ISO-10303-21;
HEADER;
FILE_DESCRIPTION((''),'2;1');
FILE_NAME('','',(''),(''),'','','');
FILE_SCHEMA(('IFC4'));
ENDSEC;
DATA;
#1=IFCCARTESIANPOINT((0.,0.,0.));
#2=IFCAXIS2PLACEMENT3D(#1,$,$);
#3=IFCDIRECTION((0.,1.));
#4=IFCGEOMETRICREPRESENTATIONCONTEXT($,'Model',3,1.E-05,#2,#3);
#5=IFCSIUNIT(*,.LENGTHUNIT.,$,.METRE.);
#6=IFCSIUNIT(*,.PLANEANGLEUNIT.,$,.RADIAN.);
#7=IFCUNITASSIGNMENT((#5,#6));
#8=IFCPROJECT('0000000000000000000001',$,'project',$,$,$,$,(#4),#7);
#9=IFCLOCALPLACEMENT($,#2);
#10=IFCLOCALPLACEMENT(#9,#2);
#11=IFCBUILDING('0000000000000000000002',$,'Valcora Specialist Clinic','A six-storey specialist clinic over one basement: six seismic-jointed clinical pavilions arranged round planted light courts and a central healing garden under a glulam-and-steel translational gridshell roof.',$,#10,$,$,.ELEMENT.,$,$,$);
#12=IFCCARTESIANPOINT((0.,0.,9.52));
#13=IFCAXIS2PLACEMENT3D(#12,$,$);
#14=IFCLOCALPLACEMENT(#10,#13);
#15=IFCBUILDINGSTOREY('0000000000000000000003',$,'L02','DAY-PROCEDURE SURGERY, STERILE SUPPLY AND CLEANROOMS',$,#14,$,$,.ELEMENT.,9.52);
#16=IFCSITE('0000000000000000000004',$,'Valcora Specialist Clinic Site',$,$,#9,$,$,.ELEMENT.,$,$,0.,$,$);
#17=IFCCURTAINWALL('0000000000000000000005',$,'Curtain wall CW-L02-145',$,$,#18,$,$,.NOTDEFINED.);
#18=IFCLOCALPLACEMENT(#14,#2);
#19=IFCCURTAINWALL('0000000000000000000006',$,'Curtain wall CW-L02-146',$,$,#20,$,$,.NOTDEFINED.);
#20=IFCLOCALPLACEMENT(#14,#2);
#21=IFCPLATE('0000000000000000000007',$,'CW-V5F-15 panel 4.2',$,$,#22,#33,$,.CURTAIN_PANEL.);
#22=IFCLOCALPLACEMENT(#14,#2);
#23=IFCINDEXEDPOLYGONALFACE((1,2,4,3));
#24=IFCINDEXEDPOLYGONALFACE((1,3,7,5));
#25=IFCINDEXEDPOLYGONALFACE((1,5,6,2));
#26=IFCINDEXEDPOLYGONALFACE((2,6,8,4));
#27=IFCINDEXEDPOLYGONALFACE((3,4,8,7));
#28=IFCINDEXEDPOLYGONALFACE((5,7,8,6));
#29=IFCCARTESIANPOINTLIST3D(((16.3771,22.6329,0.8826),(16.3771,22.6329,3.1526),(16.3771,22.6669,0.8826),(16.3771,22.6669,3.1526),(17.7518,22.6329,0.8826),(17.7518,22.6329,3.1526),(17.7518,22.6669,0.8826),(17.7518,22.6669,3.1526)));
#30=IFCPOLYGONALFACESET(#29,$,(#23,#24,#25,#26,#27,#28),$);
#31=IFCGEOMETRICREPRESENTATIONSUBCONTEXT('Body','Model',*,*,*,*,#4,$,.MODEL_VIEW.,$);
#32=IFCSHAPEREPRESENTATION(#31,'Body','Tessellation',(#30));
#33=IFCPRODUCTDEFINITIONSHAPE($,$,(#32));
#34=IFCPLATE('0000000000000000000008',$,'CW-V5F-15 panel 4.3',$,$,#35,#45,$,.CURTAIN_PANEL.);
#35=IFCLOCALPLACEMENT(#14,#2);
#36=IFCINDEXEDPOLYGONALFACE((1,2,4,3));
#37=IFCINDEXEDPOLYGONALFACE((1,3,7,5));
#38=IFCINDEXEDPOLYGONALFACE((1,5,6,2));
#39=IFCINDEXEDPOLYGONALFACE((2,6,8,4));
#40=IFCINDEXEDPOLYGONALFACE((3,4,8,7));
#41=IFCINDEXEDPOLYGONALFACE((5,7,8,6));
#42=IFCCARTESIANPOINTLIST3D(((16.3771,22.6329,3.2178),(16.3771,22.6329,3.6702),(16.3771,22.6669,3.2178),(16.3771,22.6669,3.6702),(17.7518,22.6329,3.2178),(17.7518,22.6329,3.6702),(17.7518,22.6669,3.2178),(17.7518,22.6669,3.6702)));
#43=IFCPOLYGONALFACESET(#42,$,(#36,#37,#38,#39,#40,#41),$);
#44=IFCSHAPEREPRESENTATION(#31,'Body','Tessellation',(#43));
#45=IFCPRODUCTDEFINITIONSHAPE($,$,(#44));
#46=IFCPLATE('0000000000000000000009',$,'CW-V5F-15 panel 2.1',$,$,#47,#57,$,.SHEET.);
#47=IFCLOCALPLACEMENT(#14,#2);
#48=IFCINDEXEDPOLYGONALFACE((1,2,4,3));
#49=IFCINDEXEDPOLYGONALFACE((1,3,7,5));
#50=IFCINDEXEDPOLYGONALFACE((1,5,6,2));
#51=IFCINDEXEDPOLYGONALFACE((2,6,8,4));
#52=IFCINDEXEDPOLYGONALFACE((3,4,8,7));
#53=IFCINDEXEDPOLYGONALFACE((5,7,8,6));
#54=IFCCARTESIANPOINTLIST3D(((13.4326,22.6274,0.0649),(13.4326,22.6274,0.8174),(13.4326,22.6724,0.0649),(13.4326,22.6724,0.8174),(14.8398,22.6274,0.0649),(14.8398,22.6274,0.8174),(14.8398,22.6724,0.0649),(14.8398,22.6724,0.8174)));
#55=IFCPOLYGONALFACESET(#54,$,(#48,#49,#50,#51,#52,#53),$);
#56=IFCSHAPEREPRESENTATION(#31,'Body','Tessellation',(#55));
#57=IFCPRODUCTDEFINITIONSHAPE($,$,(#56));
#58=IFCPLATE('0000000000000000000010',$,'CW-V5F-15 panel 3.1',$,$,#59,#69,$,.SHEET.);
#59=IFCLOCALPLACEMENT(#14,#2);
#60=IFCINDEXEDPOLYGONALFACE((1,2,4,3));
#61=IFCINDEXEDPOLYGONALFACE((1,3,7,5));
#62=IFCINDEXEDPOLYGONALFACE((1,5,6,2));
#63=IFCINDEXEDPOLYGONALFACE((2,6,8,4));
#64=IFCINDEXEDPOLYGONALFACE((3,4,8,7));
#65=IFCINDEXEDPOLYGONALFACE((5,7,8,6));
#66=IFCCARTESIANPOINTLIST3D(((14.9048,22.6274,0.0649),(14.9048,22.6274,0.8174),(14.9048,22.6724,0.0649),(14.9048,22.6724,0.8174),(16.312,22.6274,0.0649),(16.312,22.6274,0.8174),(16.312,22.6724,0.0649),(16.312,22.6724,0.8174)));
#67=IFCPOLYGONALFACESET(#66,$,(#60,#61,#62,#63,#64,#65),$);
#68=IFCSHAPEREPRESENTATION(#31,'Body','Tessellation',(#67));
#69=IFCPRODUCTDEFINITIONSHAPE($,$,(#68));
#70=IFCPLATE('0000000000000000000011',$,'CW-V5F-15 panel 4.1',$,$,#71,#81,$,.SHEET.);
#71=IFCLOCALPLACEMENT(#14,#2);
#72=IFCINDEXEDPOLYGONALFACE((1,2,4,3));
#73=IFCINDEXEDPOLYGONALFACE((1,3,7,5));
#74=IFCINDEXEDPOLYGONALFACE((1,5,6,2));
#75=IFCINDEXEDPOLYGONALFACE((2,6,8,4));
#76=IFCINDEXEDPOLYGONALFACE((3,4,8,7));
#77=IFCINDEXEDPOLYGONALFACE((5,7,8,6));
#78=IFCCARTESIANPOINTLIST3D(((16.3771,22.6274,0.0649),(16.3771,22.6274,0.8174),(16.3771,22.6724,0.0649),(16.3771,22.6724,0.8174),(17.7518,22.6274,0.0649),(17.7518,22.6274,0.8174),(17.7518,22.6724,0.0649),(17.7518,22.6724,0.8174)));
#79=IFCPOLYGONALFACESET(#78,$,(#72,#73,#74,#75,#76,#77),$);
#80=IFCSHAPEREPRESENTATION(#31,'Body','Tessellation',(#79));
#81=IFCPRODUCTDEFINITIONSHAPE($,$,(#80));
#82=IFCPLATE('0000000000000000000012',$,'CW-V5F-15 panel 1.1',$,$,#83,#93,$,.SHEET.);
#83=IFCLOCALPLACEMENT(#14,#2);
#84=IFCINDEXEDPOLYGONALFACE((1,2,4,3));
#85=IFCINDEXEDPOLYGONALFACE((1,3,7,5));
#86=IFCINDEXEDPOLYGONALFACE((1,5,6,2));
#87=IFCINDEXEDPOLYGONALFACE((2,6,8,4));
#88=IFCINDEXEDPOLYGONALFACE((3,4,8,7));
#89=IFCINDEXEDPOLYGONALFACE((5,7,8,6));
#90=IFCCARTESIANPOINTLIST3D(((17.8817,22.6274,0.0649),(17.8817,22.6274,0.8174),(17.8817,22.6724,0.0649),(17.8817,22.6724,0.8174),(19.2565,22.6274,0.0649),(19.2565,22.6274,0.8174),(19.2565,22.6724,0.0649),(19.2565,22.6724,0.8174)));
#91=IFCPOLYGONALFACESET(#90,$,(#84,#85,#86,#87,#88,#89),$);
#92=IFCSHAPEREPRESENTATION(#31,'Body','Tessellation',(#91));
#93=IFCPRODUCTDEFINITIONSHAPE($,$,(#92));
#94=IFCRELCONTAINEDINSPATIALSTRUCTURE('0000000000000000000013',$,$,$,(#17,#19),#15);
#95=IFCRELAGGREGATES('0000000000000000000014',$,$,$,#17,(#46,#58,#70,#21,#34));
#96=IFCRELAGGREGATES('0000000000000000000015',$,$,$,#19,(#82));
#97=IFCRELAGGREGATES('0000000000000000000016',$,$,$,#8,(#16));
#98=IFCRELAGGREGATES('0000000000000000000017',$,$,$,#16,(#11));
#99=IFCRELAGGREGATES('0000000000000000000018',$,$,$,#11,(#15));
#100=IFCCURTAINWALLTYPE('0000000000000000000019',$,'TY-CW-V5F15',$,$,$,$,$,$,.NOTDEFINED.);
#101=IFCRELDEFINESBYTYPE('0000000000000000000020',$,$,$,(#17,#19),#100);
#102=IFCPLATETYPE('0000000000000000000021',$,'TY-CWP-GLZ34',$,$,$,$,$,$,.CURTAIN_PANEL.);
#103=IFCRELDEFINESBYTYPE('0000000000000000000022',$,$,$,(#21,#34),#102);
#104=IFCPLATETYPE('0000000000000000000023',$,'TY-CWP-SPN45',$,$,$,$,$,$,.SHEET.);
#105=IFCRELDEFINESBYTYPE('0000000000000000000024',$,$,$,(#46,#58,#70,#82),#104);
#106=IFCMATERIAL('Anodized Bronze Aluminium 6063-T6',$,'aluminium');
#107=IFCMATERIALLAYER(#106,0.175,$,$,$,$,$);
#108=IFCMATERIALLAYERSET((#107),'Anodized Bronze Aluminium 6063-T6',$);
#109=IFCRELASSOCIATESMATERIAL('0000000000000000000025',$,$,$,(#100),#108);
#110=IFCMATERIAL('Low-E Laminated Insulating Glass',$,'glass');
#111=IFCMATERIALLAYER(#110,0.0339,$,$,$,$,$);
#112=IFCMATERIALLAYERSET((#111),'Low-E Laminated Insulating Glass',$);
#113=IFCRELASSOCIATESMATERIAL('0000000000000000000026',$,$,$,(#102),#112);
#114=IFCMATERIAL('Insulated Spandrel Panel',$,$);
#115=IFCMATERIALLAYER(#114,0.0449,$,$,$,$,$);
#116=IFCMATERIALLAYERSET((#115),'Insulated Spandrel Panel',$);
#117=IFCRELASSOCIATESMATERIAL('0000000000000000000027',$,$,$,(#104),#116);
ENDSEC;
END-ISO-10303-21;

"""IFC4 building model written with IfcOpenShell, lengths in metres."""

from ifc_helpers import new_model, si_unit, direction, frame, origin, origin_2d, place, context, subcontext, project, spatial, rectangle, extrude, material, layer, layer_set, type_object, element, aggregate, save


model = new_model("IFC4")

# Units and contexts
model_context = context("Model", 3, precision=1e-05, world=origin(), true_north=direction((0.0, 1.0)))
body_context = subcontext(model_context, "Body", "Model", "MODEL_VIEW")
ifc_project = project(units=[si_unit("LENGTHUNIT", "METRE"), si_unit("PLANEANGLEUNIT", "RADIAN")], contexts=[model_context])

# Site, building, storey
site_placement = place(None, origin())
site = spatial("IfcSite", under=ifc_project, at=site_placement, Name="Valcora Specialist Clinic Site", CompositionType="ELEMENT", RefElevation=0.0)
building_placement = place(site_placement, origin())
building = spatial("IfcBuilding", under=site, at=building_placement, Name="Valcora Specialist Clinic", Description="A six-storey specialist clinic over one basement: six seismic-jointed clinical pavilions arranged round planted light courts and a central healing garden under a glulam-and-steel translational gridshell roof.", CompositionType="ELEMENT")
storey_placement = place(building_placement, frame((0.0, 0.0, 9.52)))
storey = spatial("IfcBuildingStorey", under=building, at=storey_placement, Name="L02", Description="DAY-PROCEDURE SURGERY, STERILE SUPPLY AND CLEANROOMS", CompositionType="ELEMENT", Elevation=9.52)

# Curtain wall
ifc_material_1 = material(Name="Anodized Bronze Aluminium 6063-T6", Category="aluminium")
ifc_layer_1 = layer(ifc_material_1, 0.175)
ifc_layer_set_1 = layer_set([ifc_layer_1], Name="Anodized Bronze Aluminium 6063-T6")
curtain_wall_type = type_object("IfcCurtainWallType", Name="TY-CW-V5F15", PredefinedType="NOTDEFINED", material=ifc_layer_set_1)
curtain_wall_1_placement = place(storey_placement, origin())
curtain_wall_1 = element("IfcCurtainWall", 1, at=curtain_wall_1_placement, inside=storey, type_object=curtain_wall_type, Name="Curtain wall CW-L02-145", PredefinedType="NOTDEFINED")

# Curtain wall
curtain_wall_2_placement = place(storey_placement, origin())
curtain_wall_2 = element("IfcCurtainWall", 2, at=curtain_wall_2_placement, inside=storey, type_object=curtain_wall_type, Name="Curtain wall CW-L02-146", PredefinedType="NOTDEFINED")

# Plates
ifc_material_2 = material(Name="Low-E Laminated Insulating Glass", Category="glass")
ifc_layer_2 = layer(ifc_material_2, 0.0339)
ifc_layer_set_2 = layer_set([ifc_layer_2], Name="Low-E Laminated Insulating Glass")
plate_type_1 = type_object("IfcPlateType", Name="TY-CWP-GLZ34", PredefinedType="CURTAIN_PANEL", material=ifc_layer_set_2)
plate_1_placement = place(storey_placement, frame((17.0645, 22.6499, 0.8826), z_axis=(0.0, 0.0, 1.0), x_axis=(1.0, 0.0, 0.0)))
plate_1 = element("IfcPlate", 3, at=plate_1_placement, type_object=plate_type_1, Name="CW-V5F-15 panel 4.2", PredefinedType="CURTAIN_PANEL", context=body_context, shape_type="SweptSolid", body=[
    extrude(rectangle(XDim=1.3748, YDim=0.0339, at=origin_2d()), origin(), (0.0, 0.0, 1.0), 2.27),
])
plate_2_placement = place(storey_placement, frame((17.0645, 22.6499, 3.2178), z_axis=(0.0, 0.0, 1.0), x_axis=(1.0, 0.0, 0.0)))
plate_2 = element("IfcPlate", 4, at=plate_2_placement, type_object=plate_type_1, Name="CW-V5F-15 panel 4.3", PredefinedType="CURTAIN_PANEL", context=body_context, shape_type="SweptSolid", body=[
    extrude(rectangle(XDim=1.3748, YDim=0.0339, at=origin_2d()), origin(), (0.0, 0.0, 1.0), 0.4524),
])
ifc_material_3 = material(Name="Insulated Spandrel Panel")
ifc_layer_3 = layer(ifc_material_3, 0.0449)
ifc_layer_set_3 = layer_set([ifc_layer_3], Name="Insulated Spandrel Panel")
plate_type_2 = type_object("IfcPlateType", Name="TY-CWP-SPN45", PredefinedType="SHEET", material=ifc_layer_set_3)
plate_3_placement = place(storey_placement, frame((14.1362, 22.6499, 0.0649), z_axis=(0.0, 0.0, 1.0), x_axis=(1.0, 0.0, 0.0)))
plate_3 = element("IfcPlate", 5, at=plate_3_placement, type_object=plate_type_2, Name="CW-V5F-15 panel 2.1", PredefinedType="SHEET", context=body_context, shape_type="SweptSolid", body=[
    extrude(rectangle(XDim=1.4072, YDim=0.0449, at=origin_2d()), origin(), (0.0, 0.0, 1.0), 0.7524),
])
plate_4_placement = place(storey_placement, frame((15.6084, 22.6499, 0.0649), z_axis=(0.0, 0.0, 1.0), x_axis=(1.0, 0.0, 0.0)))
plate_4 = element("IfcPlate", 6, at=plate_4_placement, type_object=plate_type_2, Name="CW-V5F-15 panel 3.1", PredefinedType="SHEET", context=body_context, shape_type="SweptSolid", body=[
    extrude(rectangle(XDim=1.4072, YDim=0.0449, at=origin_2d()), origin(), (0.0, 0.0, 1.0), 0.7524),
])
plate_5_placement = place(storey_placement, frame((17.0645, 22.6499, 0.0649), z_axis=(0.0, 0.0, 1.0), x_axis=(1.0, 0.0, 0.0)))
plate_5 = element("IfcPlate", 7, at=plate_5_placement, type_object=plate_type_2, Name="CW-V5F-15 panel 4.1", PredefinedType="SHEET", context=body_context, shape_type="SweptSolid", body=[
    extrude(rectangle(XDim=1.3748, YDim=0.0449, at=origin_2d()), origin(), (0.0, 0.0, 1.0), 0.7524),
])
aggregate(curtain_wall_1, [plate_3, plate_4, plate_5, plate_1, plate_2])
plate_6_placement = place(storey_placement, frame((18.5691, 22.6499, 0.0649), z_axis=(0.0, 0.0, 1.0), x_axis=(1.0, 0.0, 0.0)))
plate_6 = element("IfcPlate", 8, at=plate_6_placement, type_object=plate_type_2, Name="CW-V5F-15 panel 1.1", PredefinedType="SHEET", context=body_context, shape_type="SweptSolid", body=[
    extrude(rectangle(XDim=1.3748, YDim=0.0449, at=origin_2d()), origin(), (0.0, 0.0, 1.0), 0.7524),
])
aggregate(curtain_wall_2, [plate_6])

save(model, "model.ifc")
